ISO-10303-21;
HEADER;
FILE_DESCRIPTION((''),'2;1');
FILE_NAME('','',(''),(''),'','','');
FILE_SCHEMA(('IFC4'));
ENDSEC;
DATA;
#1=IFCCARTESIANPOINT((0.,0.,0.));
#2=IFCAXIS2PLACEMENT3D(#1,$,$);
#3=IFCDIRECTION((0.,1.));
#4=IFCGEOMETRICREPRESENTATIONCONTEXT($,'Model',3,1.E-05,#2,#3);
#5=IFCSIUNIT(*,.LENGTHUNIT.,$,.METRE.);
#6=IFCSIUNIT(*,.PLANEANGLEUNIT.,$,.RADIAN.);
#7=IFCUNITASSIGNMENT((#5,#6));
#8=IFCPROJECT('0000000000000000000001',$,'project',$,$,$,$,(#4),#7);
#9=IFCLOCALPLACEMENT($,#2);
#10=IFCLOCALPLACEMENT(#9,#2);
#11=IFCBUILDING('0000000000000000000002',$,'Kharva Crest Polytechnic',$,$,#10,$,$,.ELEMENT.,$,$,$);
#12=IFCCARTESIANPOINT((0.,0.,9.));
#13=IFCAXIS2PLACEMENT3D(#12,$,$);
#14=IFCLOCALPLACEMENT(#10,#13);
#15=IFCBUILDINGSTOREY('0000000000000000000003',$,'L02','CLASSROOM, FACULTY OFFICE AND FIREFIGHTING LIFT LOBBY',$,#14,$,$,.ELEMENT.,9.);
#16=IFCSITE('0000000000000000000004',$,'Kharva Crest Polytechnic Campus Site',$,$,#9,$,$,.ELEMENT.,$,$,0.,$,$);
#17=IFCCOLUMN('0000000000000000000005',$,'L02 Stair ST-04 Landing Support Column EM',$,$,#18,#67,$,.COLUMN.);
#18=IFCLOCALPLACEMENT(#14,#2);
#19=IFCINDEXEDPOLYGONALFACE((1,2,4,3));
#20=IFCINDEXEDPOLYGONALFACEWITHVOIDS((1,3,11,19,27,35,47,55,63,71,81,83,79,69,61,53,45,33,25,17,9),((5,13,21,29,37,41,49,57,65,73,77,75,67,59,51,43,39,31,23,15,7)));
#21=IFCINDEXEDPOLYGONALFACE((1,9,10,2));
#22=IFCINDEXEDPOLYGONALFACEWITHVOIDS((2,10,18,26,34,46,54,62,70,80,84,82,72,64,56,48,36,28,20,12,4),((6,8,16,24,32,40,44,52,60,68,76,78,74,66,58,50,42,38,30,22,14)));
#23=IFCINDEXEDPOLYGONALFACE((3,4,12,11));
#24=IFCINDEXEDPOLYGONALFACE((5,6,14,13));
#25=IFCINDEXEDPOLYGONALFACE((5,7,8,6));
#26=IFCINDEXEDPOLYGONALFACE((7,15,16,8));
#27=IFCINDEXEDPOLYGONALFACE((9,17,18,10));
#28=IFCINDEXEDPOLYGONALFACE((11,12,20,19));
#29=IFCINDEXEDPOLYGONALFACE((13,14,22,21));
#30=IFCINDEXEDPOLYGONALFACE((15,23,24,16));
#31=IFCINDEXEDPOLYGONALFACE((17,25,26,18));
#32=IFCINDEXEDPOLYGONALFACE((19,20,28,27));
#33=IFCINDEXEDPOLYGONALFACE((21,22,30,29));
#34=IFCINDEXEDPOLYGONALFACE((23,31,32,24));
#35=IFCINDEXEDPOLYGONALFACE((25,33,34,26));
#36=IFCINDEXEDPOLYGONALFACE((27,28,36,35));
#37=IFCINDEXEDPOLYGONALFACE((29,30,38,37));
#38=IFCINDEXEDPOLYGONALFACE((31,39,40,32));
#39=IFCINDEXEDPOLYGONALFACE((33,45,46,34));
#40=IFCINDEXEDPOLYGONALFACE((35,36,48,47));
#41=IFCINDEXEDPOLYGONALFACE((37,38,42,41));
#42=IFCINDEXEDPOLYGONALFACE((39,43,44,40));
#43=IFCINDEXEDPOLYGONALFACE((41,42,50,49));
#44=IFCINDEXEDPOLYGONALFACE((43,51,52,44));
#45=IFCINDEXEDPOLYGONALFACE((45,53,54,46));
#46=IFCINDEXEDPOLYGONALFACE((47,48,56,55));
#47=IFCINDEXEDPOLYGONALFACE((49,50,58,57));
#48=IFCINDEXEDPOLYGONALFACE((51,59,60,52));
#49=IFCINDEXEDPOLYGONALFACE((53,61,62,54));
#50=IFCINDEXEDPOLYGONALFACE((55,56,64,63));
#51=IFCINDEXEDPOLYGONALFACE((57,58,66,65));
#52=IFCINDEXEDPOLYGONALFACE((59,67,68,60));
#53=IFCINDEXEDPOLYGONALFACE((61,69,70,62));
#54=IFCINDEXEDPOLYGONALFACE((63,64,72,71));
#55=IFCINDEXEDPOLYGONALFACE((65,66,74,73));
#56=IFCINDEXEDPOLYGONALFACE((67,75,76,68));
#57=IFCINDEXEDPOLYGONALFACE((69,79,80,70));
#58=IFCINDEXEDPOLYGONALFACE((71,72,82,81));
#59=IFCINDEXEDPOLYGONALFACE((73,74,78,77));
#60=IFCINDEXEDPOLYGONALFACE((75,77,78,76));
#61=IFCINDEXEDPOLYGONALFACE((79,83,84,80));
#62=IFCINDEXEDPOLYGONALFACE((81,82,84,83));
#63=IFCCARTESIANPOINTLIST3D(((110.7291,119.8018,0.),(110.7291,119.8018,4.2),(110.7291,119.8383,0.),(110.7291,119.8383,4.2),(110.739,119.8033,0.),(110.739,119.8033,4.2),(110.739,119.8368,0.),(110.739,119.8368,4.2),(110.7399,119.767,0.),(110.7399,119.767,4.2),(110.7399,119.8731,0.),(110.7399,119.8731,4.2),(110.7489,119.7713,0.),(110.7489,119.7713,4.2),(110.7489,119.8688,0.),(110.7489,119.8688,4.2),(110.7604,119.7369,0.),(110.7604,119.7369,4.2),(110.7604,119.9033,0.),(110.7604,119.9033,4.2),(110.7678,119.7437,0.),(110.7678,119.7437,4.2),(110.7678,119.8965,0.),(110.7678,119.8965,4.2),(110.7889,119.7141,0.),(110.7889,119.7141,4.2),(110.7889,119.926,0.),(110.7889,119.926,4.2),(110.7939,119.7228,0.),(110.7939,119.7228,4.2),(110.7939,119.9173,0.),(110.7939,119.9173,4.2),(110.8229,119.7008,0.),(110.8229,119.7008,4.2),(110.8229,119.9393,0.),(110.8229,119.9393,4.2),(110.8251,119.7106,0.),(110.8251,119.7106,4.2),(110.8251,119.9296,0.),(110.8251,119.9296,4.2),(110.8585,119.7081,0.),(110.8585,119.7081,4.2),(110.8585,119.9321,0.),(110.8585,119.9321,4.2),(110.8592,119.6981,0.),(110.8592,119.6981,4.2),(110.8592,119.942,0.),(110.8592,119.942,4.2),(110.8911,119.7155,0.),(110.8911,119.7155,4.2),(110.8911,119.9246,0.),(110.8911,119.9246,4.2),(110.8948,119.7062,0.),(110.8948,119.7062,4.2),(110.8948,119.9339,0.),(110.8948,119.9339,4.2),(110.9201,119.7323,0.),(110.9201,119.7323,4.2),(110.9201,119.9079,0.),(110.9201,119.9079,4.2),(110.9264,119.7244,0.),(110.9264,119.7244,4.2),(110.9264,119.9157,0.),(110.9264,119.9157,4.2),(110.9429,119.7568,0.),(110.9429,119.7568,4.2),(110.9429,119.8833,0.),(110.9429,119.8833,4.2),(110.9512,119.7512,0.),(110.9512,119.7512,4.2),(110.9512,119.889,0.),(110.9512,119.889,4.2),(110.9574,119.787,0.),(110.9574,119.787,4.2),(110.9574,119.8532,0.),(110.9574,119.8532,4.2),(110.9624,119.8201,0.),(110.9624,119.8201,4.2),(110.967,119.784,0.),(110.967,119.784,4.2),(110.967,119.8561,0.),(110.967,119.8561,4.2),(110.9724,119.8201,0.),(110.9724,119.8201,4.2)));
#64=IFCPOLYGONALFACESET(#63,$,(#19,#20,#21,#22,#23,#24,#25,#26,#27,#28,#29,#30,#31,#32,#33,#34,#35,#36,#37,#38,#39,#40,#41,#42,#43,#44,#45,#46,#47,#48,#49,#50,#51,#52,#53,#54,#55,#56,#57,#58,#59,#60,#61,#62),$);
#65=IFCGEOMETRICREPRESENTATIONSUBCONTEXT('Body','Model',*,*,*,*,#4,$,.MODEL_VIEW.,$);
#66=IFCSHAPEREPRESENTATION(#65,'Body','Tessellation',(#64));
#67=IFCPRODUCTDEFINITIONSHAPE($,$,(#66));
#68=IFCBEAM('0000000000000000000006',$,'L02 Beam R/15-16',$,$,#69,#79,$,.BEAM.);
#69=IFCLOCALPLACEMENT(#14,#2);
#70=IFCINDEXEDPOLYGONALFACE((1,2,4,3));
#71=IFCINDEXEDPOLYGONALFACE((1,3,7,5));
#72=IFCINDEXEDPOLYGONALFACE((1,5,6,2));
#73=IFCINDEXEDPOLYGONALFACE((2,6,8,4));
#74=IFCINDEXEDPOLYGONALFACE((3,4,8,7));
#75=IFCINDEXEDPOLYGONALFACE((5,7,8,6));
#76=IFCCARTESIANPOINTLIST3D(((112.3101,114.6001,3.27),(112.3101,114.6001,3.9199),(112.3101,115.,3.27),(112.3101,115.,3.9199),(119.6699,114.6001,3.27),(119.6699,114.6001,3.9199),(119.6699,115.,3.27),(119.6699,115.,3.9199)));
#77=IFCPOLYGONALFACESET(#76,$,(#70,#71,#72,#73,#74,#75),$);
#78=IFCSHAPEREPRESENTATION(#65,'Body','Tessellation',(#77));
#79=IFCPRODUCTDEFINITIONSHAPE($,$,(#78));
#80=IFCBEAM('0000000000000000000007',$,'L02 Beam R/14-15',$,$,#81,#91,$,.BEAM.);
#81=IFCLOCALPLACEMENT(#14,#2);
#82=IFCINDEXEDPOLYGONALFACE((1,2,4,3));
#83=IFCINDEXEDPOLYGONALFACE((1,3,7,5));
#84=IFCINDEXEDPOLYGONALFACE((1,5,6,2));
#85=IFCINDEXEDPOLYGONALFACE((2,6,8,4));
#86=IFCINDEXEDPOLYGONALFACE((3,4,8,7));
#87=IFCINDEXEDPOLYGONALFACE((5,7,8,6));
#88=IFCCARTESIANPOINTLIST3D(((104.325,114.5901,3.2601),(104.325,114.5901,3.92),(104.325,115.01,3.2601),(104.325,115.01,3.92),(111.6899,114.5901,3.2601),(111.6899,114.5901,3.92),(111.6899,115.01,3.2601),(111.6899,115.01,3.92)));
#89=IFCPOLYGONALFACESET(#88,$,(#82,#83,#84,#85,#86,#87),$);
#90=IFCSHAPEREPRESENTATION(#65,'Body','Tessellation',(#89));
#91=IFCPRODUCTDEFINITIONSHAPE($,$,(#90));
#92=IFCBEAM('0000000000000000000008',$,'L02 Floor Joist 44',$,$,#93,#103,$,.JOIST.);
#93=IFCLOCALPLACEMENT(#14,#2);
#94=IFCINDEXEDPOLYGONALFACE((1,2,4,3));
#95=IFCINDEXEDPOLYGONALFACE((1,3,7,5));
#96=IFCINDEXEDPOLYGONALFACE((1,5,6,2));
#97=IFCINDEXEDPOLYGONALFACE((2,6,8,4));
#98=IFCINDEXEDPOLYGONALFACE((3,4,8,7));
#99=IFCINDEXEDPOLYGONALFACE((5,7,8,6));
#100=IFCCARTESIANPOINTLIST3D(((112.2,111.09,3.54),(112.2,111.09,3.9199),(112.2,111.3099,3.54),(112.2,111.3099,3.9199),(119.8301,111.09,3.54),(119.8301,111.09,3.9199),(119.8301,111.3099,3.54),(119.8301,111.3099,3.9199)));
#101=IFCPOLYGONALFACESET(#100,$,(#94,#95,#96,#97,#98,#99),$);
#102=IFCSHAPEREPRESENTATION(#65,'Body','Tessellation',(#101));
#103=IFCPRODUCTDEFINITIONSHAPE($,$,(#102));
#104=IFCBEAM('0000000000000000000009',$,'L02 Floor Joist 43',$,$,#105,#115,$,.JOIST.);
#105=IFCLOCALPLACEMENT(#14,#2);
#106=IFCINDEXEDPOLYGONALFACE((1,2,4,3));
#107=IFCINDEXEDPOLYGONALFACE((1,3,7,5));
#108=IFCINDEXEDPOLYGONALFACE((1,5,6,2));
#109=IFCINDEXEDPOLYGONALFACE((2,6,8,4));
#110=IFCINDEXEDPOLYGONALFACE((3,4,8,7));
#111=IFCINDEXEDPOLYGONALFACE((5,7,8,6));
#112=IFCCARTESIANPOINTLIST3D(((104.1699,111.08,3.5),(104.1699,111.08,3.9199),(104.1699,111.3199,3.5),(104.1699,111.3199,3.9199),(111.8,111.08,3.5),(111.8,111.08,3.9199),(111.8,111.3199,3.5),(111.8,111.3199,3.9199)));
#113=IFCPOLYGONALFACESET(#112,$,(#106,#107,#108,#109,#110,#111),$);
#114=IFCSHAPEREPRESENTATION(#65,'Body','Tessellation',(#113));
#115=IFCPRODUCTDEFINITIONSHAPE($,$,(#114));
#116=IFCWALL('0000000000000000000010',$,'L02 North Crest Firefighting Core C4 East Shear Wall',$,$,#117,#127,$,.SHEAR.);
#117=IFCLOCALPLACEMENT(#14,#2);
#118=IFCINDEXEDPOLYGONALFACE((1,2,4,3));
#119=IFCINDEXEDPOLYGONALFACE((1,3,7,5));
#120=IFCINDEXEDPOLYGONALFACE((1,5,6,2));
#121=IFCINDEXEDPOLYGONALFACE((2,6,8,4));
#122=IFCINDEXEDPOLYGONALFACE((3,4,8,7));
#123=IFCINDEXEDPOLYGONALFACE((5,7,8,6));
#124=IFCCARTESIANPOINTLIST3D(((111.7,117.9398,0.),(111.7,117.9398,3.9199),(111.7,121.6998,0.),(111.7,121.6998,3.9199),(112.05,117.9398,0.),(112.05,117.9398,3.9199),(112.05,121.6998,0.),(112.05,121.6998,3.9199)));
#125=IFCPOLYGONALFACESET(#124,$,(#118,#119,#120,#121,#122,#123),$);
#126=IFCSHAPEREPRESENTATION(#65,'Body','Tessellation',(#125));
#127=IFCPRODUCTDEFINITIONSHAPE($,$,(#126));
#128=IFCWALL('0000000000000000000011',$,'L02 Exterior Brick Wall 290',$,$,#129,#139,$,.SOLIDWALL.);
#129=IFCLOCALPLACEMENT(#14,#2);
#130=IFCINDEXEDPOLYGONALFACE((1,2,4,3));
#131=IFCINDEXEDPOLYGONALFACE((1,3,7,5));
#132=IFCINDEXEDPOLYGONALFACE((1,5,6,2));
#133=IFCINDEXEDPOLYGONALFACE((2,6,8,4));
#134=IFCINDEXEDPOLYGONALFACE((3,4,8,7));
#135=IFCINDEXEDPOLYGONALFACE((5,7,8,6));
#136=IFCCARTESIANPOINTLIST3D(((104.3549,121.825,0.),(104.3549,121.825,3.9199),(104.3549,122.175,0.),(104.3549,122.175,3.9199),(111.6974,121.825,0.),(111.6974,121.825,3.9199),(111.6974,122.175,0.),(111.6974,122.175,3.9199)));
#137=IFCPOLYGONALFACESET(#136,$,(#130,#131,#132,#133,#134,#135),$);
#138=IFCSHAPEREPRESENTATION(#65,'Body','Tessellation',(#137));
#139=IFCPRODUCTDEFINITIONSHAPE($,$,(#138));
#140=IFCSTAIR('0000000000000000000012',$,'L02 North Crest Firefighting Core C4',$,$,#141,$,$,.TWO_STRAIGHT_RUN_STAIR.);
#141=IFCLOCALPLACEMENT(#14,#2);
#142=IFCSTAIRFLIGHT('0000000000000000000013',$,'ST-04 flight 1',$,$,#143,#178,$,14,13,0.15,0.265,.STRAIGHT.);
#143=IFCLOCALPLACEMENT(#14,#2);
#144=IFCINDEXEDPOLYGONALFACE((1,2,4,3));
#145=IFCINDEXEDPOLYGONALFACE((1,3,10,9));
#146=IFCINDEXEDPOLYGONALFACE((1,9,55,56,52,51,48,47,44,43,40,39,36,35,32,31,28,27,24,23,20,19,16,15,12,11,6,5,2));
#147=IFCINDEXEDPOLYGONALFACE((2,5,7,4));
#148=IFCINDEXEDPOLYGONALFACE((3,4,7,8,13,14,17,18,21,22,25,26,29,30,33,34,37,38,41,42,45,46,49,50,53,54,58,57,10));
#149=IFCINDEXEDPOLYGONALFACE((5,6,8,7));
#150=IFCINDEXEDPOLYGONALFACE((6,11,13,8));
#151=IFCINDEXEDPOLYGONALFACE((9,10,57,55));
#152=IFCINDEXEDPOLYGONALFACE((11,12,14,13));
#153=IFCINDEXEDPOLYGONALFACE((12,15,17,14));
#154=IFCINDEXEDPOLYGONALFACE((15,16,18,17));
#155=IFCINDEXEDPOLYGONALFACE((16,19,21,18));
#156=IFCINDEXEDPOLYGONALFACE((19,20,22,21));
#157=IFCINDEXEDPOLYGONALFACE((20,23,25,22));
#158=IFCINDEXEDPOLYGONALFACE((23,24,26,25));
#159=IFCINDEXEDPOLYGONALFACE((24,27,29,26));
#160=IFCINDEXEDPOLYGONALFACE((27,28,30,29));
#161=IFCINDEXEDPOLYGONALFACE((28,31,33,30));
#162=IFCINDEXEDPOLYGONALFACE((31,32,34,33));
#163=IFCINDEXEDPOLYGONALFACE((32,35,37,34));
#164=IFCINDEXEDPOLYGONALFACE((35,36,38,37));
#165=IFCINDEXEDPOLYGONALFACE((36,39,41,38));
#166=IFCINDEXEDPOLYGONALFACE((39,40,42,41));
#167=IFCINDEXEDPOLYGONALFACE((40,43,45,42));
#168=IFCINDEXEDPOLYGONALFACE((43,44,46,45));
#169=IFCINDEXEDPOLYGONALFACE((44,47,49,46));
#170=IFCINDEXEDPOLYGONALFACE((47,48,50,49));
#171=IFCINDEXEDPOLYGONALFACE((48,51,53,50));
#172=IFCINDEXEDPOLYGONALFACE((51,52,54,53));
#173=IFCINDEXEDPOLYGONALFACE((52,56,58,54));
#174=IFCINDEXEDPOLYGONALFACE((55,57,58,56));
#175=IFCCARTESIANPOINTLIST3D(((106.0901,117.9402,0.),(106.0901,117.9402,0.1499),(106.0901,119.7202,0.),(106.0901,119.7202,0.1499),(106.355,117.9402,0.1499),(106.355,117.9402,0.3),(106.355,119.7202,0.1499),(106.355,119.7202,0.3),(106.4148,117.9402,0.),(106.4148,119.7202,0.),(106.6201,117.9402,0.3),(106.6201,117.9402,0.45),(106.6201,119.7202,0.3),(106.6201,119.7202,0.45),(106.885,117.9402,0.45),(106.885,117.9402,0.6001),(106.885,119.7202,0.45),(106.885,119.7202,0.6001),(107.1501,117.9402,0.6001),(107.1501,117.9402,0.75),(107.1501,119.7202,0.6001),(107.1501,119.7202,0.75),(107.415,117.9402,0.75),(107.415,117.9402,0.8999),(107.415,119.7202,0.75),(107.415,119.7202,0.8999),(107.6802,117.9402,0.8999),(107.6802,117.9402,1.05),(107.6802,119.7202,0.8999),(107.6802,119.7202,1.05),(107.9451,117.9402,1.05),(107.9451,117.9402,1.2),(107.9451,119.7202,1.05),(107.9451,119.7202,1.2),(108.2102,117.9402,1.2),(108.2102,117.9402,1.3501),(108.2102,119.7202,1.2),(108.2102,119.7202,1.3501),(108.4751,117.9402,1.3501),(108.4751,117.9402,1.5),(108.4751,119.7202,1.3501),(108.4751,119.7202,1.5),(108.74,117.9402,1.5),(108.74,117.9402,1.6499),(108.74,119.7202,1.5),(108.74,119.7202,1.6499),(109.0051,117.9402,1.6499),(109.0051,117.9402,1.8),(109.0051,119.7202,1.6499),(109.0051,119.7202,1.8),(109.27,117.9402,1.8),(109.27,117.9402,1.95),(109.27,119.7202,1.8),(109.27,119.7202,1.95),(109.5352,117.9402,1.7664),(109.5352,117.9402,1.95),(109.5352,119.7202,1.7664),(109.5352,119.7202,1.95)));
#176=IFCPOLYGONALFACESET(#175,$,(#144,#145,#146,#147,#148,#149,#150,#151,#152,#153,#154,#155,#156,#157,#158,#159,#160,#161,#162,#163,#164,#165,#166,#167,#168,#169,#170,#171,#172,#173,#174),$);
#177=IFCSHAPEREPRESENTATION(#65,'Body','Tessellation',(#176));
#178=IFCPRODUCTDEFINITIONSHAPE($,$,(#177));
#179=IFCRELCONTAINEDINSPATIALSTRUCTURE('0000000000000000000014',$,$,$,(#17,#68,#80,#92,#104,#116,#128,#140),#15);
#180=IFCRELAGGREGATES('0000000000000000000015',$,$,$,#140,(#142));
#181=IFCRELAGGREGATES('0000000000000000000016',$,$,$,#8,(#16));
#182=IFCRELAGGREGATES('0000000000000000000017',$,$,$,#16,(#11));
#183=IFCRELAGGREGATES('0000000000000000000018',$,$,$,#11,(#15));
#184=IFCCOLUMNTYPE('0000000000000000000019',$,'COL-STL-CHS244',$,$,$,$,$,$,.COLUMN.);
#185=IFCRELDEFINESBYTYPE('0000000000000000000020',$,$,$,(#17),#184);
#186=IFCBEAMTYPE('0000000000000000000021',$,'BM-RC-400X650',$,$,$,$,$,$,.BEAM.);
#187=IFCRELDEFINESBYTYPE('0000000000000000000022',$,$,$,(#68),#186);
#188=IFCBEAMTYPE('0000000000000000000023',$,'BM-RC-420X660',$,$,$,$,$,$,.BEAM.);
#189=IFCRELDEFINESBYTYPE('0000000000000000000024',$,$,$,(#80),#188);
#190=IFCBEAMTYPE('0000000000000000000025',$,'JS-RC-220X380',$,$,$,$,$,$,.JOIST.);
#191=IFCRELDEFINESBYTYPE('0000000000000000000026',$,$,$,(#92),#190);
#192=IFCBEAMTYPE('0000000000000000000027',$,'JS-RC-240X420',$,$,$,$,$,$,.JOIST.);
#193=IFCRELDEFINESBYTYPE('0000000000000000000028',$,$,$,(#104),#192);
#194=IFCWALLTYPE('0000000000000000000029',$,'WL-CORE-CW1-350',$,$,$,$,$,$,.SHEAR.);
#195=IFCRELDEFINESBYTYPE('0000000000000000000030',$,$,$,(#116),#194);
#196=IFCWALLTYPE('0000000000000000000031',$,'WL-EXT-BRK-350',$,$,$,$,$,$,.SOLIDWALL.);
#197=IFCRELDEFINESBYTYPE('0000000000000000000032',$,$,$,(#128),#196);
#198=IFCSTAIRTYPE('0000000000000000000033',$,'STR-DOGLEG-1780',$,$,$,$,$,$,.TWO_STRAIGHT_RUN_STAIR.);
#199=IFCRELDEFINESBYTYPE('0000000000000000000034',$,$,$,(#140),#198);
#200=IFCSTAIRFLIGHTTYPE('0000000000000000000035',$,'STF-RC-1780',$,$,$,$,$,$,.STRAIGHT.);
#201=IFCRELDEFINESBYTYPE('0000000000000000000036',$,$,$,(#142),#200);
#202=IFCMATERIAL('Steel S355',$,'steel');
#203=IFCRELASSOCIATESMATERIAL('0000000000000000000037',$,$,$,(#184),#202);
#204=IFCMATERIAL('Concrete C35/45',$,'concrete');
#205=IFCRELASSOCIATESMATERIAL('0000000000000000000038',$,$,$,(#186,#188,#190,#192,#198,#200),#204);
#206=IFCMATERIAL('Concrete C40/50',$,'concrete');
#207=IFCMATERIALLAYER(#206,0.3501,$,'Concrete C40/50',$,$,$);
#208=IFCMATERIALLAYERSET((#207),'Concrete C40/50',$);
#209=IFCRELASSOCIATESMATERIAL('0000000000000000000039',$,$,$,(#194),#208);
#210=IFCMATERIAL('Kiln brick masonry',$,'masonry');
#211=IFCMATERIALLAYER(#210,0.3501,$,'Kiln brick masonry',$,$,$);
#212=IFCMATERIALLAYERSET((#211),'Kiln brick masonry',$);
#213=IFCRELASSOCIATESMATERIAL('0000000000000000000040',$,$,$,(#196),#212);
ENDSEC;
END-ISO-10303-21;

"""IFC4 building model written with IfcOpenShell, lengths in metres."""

from ifc_helpers import new_model, si_unit, direction, frame, frame_2d, origin, origin_2d, place, context, subcontext, project, spatial, polyline, rectangle, hollow_circle, outline, extrude, material, layer, layer_set, material_profile, profile_set, type_object, element, aggregate, save


model = new_model("IFC4")

# Units and contexts
model_context = context("Model", 3, precision=1e-05, world=origin(), true_north=direction((0.0, 1.0)))
body_context = subcontext(model_context, "Body", "Model", "MODEL_VIEW")
ifc_project = project(units=[si_unit("LENGTHUNIT", "METRE"), si_unit("PLANEANGLEUNIT", "RADIAN")], contexts=[model_context])

# Site, building, storey
site_placement = place(None, origin())
site = spatial("IfcSite", under=ifc_project, at=site_placement, Name="Kharva Crest Polytechnic Campus Site", CompositionType="ELEMENT", RefElevation=0.0)
building_placement = place(site_placement, origin())
building = spatial("IfcBuilding", under=site, at=building_placement, Name="Kharva Crest Polytechnic", CompositionType="ELEMENT")
storey_placement = place(building_placement, frame((0.0, 0.0, 9.0)))
storey = spatial("IfcBuildingStorey", under=building, at=storey_placement, Name="L02", Description="CLASSROOM, FACULTY OFFICE AND FIREFIGHTING LIFT LOBBY", CompositionType="ELEMENT", Elevation=9.0)

# Column
ifc_material_1 = material(Name="Concrete C40/50", Category="concrete")
ifc_material_2 = material(Name="Steel S355", Category="steel")
ifc_material_profile_1 = material_profile(ifc_material_2, hollow_circle(Radius=0.1223, WallThickness=0.01, at=origin_2d()), Name="CHS 244.5X10.0")
ifc_profile_set_1 = profile_set([ifc_material_profile_1], Name="Steel S355")
column_type_1 = type_object("IfcColumnType", Name="COL-STL-CHS244", PredefinedType="COLUMN", material=ifc_profile_set_1)
for number, where, z_axis, x_axis, name in (
    (1, (110.8501, 119.8201, 0.0), (0.0, 0.0, 1.0), (1.0, 0.0, 0.0), "L02 Stair ST-04 Landing Support Column EM"),
):
    element("IfcColumn", number, at=place(storey_placement, frame(where, z_axis=z_axis, x_axis=x_axis)), inside=storey, type_object=column_type_1, Name=name, PredefinedType="COLUMN", context=body_context, shape_type="SweptSolid", body=[
        extrude(hollow_circle(Radius=0.1223, WallThickness=0.01, at=origin_2d()), origin(), (0.0, 0.0, 1.0), 4.2),
    ])

# Beams
ifc_material_3 = material(Name="Concrete C35/45", Category="concrete")
ifc_material_profile_2 = material_profile(ifc_material_3, rectangle(XDim=0.3999, YDim=0.6499, at=origin_2d()), Name="RECT 400 X 650")
ifc_profile_set_2 = profile_set([ifc_material_profile_2], Name="Concrete C35/45")
beam_type_1 = type_object("IfcBeamType", Name="BM-RC-400X650", PredefinedType="BEAM", material=ifc_profile_set_2)
beam_1_placement = place(storey_placement, frame((112.3101, 114.8, 3.595), z_axis=(1.0, 0.0, 0.0), x_axis=(0.0, 1.0, 0.0)))
element("IfcBeam", 2, at=beam_1_placement, inside=storey, type_object=beam_type_1, Name="L02 Beam R/15-16", PredefinedType="BEAM", context=body_context, shape_type="SweptSolid", body=[
    extrude(rectangle(XDim=0.3999, YDim=0.6499, at=origin_2d()), origin(), (0.0, 0.0, 1.0), 7.3599),
])
ifc_material_profile_3 = material_profile(ifc_material_3, rectangle(XDim=0.4199, YDim=0.6599, at=origin_2d()), Name="RECT 420 X 660")
ifc_profile_set_3 = profile_set([ifc_material_profile_3], Name="Concrete C35/45")
beam_type_2 = type_object("IfcBeamType", Name="BM-RC-420X660", PredefinedType="BEAM", material=ifc_profile_set_3)
beam_2_placement = place(storey_placement, frame((104.325, 114.8, 3.5901), z_axis=(1.0, 0.0, 0.0), x_axis=(0.0, 1.0, 0.0)))
element("IfcBeam", 3, at=beam_2_placement, inside=storey, type_object=beam_type_2, Name="L02 Beam R/14-15", PredefinedType="BEAM", context=body_context, shape_type="SweptSolid", body=[
    extrude(rectangle(XDim=0.4199, YDim=0.6599, at=origin_2d()), origin(), (0.0, 0.0, 1.0), 7.365),
])
ifc_material_profile_4 = material_profile(ifc_material_3, rectangle(XDim=0.22, YDim=0.3799, at=origin_2d()), Name="RECT 220 X 380")
ifc_profile_set_4 = profile_set([ifc_material_profile_4], Name="Concrete C35/45")
beam_type_3 = type_object("IfcBeamType", Name="JS-RC-220X380", PredefinedType="JOIST", material=ifc_profile_set_4)
beam_3_placement = place(storey_placement, frame((112.2, 111.2, 3.73), z_axis=(1.0, 0.0, 0.0), x_axis=(0.0, 1.0, 0.0)))
element("IfcBeam", 4, at=beam_3_placement, inside=storey, type_object=beam_type_3, Name="L02 Floor Joist 44", PredefinedType="JOIST", context=body_context, shape_type="SweptSolid", body=[
    extrude(rectangle(XDim=0.22, YDim=0.3799, at=origin_2d()), origin(), (0.0, 0.0, 1.0), 7.6301),
])
ifc_material_profile_5 = material_profile(ifc_material_3, rectangle(XDim=0.24, YDim=0.4199, at=origin_2d()), Name="RECT 240 X 420")
ifc_profile_set_5 = profile_set([ifc_material_profile_5], Name="Concrete C35/45")
beam_type_4 = type_object("IfcBeamType", Name="JS-RC-240X420", PredefinedType="JOIST", material=ifc_profile_set_5)
beam_4_placement = place(storey_placement, frame((104.1699, 111.2, 3.71), z_axis=(1.0, 0.0, 0.0), x_axis=(0.0, 1.0, 0.0)))
element("IfcBeam", 5, at=beam_4_placement, inside=storey, type_object=beam_type_4, Name="L02 Floor Joist 43", PredefinedType="JOIST", context=body_context, shape_type="SweptSolid", body=[
    extrude(rectangle(XDim=0.24, YDim=0.4199, at=origin_2d()), origin(), (0.0, 0.0, 1.0), 7.6301),
])

# Walls
ifc_layer_1 = layer(ifc_material_1, 0.3501, Name="Concrete C40/50")
ifc_layer_set_1 = layer_set([ifc_layer_1], Name="Concrete C40/50")
wall_type_1 = type_object("IfcWallType", Name="WL-CORE-CW1-350", PredefinedType="SHEAR", material=ifc_layer_set_1)
wall_1_placement = place(storey_placement, frame((111.875, 117.9399, 0.0), z_axis=(0.0, 0.0, 1.0), x_axis=(0.0, 1.0, 0.0)))
element("IfcWall", 6, at=wall_1_placement, inside=storey, type_object=wall_type_1, Name="L02 North Crest Firefighting Core C4 East Shear Wall", PredefinedType="SHEAR", context=body_context, shape_type="SweptSolid", body=[
    extrude(rectangle(XDim=3.76, YDim=0.3501, at=frame_2d((1.8799, 0.0))), origin(), (0.0, 0.0, 1.0), 3.9199),
])
ifc_material_4 = material(Name="Kiln brick masonry", Category="masonry")
ifc_layer_2 = layer(ifc_material_4, 0.3501, Name="Kiln brick masonry")
ifc_layer_set_2 = layer_set([ifc_layer_2], Name="Kiln brick masonry")
wall_type_2 = type_object("IfcWallType", Name="WL-EXT-BRK-350", PredefinedType="SOLIDWALL", material=ifc_layer_set_2)
wall_2_placement = place(storey_placement, frame((111.6975, 122.0, 0.0), z_axis=(0.0, 0.0, 1.0), x_axis=(-1.0, 0.0, 0.0)))
element("IfcWall", 7, at=wall_2_placement, inside=storey, type_object=wall_type_2, Name="L02 Exterior Brick Wall 290", PredefinedType="SOLIDWALL", context=body_context, shape_type="SweptSolid", body=[
    extrude(rectangle(XDim=7.3425, YDim=0.3501, at=frame_2d((3.6714, 0.0))), origin(), (0.0, 0.0, 1.0), 3.9199),
])

# Stair, stair flight
stair_type = type_object("IfcStairType", Name="STR-DOGLEG-1780", PredefinedType="TWO_STRAIGHT_RUN_STAIR", material=ifc_material_3)
stair_placement = place(storey_placement, origin())
stair = element("IfcStair", 8, at=stair_placement, inside=storey, type_object=stair_type, Name="L02 North Crest Firefighting Core C4", PredefinedType="TWO_STRAIGHT_RUN_STAIR")
stair_flight_type = type_object("IfcStairFlightType", Name="STF-RC-1780", PredefinedType="STRAIGHT", material=ifc_material_3)
stair_flight_1_placement = place(storey_placement, frame((106.0901, 118.8301, 0.0), z_axis=(0.0, 0.0, 1.0), x_axis=(1.0, 0.0, 0.0)))
stair_flight_1 = element("IfcStairFlight", 9, at=stair_flight_1_placement, type_object=stair_flight_type, Name="ST-04 flight 1", NumberOfRisers=14, NumberOfTreads=13, PredefinedType="STRAIGHT", RiserHeight=0.15, TreadLength=0.265, context=body_context, shape_type="SweptSolid", body=[
    extrude(outline(polyline([(0.0, 0.0), (0.0, 0.1499), (0.2649, 0.1499), (0.2649, 0.3), (0.53, 0.3), (0.53, 0.45), (0.7949, 0.45), (0.7949, 0.6001), (1.0601, 0.6001), (1.0601, 0.75), (1.325, 0.75), (1.325, 0.8999), (1.5901, 0.8999), (1.5901, 1.05), (1.855, 1.05), (1.855, 1.2), (2.1201, 1.2), (2.1201, 1.3501), (2.385, 1.3501), (2.385, 1.5), (2.6499, 1.5), (2.6499, 1.6499), (2.915, 1.6499), (2.915, 1.8), (3.1799, 1.8), (3.1799, 1.95), (3.4451, 1.95), (3.4451, 2.1001), (3.4451, 1.7664), (0.3247, 0.0), (0.0, 0.0)])), frame((0.0, 0.8901, 0.0), z_axis=(0.0, -1.0, 0.0), x_axis=(1.0, 0.0, 0.0)), (0.0, 0.0, 1.0), 1.78),
])
aggregate(stair, [stair_flight_1])

save(model, "model.ifc")
